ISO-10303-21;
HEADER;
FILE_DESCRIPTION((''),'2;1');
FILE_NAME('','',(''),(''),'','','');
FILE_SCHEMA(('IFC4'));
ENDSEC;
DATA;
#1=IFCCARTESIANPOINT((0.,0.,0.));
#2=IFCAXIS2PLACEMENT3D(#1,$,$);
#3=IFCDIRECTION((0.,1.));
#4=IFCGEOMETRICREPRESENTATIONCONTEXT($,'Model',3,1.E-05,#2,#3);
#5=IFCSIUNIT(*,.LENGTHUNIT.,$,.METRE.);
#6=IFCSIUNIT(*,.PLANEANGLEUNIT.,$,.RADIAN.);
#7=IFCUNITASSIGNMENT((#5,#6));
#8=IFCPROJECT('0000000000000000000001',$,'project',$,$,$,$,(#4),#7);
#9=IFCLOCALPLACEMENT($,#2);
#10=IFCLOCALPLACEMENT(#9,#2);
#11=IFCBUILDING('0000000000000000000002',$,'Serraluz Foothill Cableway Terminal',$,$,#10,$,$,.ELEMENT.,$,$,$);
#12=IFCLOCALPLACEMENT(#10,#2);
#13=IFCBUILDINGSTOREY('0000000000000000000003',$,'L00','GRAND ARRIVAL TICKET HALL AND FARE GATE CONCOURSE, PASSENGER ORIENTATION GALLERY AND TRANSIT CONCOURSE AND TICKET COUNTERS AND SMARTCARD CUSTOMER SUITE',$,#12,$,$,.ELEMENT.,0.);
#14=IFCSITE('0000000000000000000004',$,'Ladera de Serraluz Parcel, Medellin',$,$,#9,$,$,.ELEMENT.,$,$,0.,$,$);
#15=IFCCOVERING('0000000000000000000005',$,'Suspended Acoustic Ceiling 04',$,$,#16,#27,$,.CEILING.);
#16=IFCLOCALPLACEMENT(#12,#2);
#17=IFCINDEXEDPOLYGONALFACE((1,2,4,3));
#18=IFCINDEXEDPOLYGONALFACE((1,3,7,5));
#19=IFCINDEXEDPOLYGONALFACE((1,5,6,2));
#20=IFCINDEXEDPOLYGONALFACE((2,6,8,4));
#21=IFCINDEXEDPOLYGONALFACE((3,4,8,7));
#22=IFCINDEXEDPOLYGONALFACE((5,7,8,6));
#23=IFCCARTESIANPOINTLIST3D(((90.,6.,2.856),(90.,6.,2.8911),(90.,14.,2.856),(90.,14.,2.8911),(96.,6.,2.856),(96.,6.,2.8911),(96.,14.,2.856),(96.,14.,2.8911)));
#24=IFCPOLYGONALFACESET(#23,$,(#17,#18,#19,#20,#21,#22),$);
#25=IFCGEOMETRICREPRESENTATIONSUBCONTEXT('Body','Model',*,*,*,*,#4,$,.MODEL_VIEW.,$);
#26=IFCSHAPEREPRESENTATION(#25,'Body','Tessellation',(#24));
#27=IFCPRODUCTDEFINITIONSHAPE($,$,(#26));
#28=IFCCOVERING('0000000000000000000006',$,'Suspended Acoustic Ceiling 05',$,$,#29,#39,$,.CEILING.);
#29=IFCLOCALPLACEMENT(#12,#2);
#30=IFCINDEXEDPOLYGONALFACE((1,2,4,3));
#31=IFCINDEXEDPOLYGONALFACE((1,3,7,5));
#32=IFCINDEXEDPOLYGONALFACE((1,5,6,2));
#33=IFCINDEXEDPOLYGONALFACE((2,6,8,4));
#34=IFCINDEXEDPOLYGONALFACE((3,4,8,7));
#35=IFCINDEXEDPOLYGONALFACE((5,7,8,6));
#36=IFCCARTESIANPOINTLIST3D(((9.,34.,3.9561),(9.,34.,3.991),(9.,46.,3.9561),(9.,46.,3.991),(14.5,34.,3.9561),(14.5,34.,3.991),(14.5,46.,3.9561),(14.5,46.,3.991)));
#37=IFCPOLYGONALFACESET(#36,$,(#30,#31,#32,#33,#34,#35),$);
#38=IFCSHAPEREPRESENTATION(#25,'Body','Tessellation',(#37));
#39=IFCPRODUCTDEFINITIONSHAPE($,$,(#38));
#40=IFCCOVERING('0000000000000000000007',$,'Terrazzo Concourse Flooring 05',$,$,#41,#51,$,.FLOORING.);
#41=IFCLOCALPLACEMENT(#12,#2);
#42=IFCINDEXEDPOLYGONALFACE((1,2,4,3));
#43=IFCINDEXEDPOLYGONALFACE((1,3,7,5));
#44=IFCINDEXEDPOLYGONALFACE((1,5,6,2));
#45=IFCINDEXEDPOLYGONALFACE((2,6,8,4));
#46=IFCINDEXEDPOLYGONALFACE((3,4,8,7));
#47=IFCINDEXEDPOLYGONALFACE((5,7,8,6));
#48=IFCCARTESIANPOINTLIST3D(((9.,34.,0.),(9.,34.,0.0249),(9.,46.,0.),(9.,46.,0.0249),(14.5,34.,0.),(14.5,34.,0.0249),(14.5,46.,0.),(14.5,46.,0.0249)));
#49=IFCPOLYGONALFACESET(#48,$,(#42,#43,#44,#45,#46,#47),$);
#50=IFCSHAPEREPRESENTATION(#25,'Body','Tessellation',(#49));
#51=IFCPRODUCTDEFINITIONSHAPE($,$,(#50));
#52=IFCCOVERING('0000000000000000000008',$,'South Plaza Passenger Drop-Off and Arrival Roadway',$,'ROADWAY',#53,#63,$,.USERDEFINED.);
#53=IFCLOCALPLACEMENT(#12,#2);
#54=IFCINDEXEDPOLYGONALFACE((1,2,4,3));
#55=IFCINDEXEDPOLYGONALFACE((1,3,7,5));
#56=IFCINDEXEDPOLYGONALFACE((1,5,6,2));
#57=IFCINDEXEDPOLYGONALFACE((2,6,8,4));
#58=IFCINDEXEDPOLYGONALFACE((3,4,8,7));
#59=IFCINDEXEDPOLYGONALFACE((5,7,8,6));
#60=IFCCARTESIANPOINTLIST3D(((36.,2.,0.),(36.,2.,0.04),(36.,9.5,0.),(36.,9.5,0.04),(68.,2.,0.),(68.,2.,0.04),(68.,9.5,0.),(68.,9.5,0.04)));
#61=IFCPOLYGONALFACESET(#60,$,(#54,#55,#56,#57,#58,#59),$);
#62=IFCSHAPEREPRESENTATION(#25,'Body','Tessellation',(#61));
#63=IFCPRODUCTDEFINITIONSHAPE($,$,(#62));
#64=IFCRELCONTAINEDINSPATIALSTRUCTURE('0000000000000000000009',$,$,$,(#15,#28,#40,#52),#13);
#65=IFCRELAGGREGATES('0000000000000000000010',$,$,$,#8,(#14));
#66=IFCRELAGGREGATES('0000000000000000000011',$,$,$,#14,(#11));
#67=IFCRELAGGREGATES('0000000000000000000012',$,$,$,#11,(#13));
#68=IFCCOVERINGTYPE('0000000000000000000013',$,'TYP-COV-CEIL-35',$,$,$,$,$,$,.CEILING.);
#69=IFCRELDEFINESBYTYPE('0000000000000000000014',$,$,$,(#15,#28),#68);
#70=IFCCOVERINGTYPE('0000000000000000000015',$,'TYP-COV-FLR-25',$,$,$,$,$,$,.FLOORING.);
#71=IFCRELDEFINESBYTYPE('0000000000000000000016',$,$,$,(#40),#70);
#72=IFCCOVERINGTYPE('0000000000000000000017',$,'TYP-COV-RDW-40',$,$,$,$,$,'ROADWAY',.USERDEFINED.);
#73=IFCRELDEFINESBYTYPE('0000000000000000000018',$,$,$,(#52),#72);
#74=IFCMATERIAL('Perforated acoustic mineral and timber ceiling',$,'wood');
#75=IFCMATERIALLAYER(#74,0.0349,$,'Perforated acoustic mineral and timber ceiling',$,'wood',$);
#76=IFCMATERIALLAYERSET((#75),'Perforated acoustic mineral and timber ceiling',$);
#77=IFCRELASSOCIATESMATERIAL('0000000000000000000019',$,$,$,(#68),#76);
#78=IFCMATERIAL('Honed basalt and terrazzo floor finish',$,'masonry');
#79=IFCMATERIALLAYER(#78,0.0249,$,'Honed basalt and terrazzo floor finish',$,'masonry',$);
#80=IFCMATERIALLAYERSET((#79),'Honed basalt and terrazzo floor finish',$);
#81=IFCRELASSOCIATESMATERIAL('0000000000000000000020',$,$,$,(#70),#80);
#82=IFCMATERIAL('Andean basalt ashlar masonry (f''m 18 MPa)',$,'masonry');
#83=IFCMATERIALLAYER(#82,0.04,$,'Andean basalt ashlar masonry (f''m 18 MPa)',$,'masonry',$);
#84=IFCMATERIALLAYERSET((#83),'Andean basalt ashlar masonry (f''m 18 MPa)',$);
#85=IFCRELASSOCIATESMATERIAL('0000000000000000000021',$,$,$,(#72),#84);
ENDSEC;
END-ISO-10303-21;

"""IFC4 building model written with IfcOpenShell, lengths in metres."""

from ifc_helpers import new_model, si_unit, direction, frame, origin, place, context, subcontext, project, spatial, polyline, outline, extrude, material, layer, layer_set, type_object, element, save


model = new_model("IFC4")

# Units and contexts
model_context = context("Model", 3, precision=1e-05, world=origin(), true_north=direction((0.0, 1.0)))
body_context = subcontext(model_context, "Body", "Model", "MODEL_VIEW")
ifc_project = project(units=[si_unit("LENGTHUNIT", "METRE"), si_unit("PLANEANGLEUNIT", "RADIAN")], contexts=[model_context])

# Site, building, storey
site_placement = place(None, origin())
site = spatial("IfcSite", under=ifc_project, at=site_placement, Name="Ladera de Serraluz Parcel, Medellin", CompositionType="ELEMENT", RefElevation=0.0)
building_placement = place(site_placement, origin())
building = spatial("IfcBuilding", under=site, at=building_placement, Name="Serraluz Foothill Cableway Terminal", CompositionType="ELEMENT")
storey_placement = place(building_placement, origin())
storey = spatial("IfcBuildingStorey", under=building, at=storey_placement, Name="L00", Description="GRAND ARRIVAL TICKET HALL AND FARE GATE CONCOURSE, PASSENGER ORIENTATION GALLERY AND TRANSIT CONCOURSE AND TICKET COUNTERS AND SMARTCARD CUSTOMER SUITE", CompositionType="ELEMENT", Elevation=0.0)

# Coverings
ifc_material_1 = material(Name="Perforated acoustic mineral and timber ceiling", Category="wood")
ifc_layer_1 = layer(ifc_material_1, 0.0349, Name="Perforated acoustic mineral and timber ceiling", Category="wood")
ifc_layer_set_1 = layer_set([ifc_layer_1], Name="Perforated acoustic mineral and timber ceiling")
covering_type_1 = type_object("IfcCoveringType", Name="TYP-COV-CEIL-35", PredefinedType="CEILING", material=ifc_layer_set_1)
covering_1_placement = place(storey_placement, frame((0.0, 0.0, 2.856)))
element("IfcCovering", 1, at=covering_1_placement, inside=storey, type_object=covering_type_1, Name="Suspended Acoustic Ceiling 04", PredefinedType="CEILING", context=body_context, shape_type="SweptSolid", body=[
    extrude(outline(polyline([(90.0, 6.0), (90.0, 14.0), (96.0, 14.0), (96.0, 6.0), (90.0, 6.0)])), origin(), (0.0, 0.0, 1.0), 0.0352),
])
covering_2_placement = place(storey_placement, frame((0.0, 0.0, 3.9561)))
element("IfcCovering", 2, at=covering_2_placement, inside=storey, type_object=covering_type_1, Name="Suspended Acoustic Ceiling 05", PredefinedType="CEILING", context=body_context, shape_type="SweptSolid", body=[
    extrude(outline(polyline([(9.0, 34.0), (9.0, 46.0), (14.5, 46.0), (14.5, 34.0), (9.0, 34.0)])), origin(), (0.0, 0.0, 1.0), 0.0349),
])
ifc_material_2 = material(Name="Honed basalt and terrazzo floor finish", Category="masonry")
ifc_layer_2 = layer(ifc_material_2, 0.0249, Name="Honed basalt and terrazzo floor finish", Category="masonry")
ifc_layer_set_2 = layer_set([ifc_layer_2], Name="Honed basalt and terrazzo floor finish")
covering_type_2 = type_object("IfcCoveringType", Name="TYP-COV-FLR-25", PredefinedType="FLOORING", material=ifc_layer_set_2)
covering_3_placement = place(storey_placement, origin())
element("IfcCovering", 3, at=covering_3_placement, inside=storey, type_object=covering_type_2, Name="Terrazzo Concourse Flooring 05", PredefinedType="FLOORING", context=body_context, shape_type="SweptSolid", body=[
    extrude(outline(polyline([(9.0, 34.0), (14.5, 34.0), (14.5, 46.0), (9.0, 46.0), (9.0, 34.0)])), origin(), (0.0, 0.0, 1.0), 0.0249),
])
ifc_material_3 = material(Name="Andean basalt ashlar masonry (f'm 18 MPa)", Category="masonry")
ifc_layer_3 = layer(ifc_material_3, 0.04, Name="Andean basalt ashlar masonry (f'm 18 MPa)", Category="masonry")
ifc_layer_set_3 = layer_set([ifc_layer_3], Name="Andean basalt ashlar masonry (f'm 18 MPa)")
covering_type_3 = type_object("IfcCoveringType", Name="TYP-COV-RDW-40", ElementType="ROADWAY", PredefinedType="USERDEFINED", material=ifc_layer_set_3)
covering_4_placement = place(storey_placement, origin())
element("IfcCovering", 4, at=covering_4_placement, inside=storey, type_object=covering_type_3, Name="South Plaza Passenger Drop-Off and Arrival Roadway", ObjectType="ROADWAY", PredefinedType="USERDEFINED", context=body_context, shape_type="SweptSolid", body=[
    extrude(outline(polyline([(36.0, 2.0), (68.0, 2.0), (68.0, 9.5), (36.0, 9.5), (36.0, 2.0)])), origin(), (0.0, 0.0, 1.0), 0.04),
])

save(model, "model.ifc")
